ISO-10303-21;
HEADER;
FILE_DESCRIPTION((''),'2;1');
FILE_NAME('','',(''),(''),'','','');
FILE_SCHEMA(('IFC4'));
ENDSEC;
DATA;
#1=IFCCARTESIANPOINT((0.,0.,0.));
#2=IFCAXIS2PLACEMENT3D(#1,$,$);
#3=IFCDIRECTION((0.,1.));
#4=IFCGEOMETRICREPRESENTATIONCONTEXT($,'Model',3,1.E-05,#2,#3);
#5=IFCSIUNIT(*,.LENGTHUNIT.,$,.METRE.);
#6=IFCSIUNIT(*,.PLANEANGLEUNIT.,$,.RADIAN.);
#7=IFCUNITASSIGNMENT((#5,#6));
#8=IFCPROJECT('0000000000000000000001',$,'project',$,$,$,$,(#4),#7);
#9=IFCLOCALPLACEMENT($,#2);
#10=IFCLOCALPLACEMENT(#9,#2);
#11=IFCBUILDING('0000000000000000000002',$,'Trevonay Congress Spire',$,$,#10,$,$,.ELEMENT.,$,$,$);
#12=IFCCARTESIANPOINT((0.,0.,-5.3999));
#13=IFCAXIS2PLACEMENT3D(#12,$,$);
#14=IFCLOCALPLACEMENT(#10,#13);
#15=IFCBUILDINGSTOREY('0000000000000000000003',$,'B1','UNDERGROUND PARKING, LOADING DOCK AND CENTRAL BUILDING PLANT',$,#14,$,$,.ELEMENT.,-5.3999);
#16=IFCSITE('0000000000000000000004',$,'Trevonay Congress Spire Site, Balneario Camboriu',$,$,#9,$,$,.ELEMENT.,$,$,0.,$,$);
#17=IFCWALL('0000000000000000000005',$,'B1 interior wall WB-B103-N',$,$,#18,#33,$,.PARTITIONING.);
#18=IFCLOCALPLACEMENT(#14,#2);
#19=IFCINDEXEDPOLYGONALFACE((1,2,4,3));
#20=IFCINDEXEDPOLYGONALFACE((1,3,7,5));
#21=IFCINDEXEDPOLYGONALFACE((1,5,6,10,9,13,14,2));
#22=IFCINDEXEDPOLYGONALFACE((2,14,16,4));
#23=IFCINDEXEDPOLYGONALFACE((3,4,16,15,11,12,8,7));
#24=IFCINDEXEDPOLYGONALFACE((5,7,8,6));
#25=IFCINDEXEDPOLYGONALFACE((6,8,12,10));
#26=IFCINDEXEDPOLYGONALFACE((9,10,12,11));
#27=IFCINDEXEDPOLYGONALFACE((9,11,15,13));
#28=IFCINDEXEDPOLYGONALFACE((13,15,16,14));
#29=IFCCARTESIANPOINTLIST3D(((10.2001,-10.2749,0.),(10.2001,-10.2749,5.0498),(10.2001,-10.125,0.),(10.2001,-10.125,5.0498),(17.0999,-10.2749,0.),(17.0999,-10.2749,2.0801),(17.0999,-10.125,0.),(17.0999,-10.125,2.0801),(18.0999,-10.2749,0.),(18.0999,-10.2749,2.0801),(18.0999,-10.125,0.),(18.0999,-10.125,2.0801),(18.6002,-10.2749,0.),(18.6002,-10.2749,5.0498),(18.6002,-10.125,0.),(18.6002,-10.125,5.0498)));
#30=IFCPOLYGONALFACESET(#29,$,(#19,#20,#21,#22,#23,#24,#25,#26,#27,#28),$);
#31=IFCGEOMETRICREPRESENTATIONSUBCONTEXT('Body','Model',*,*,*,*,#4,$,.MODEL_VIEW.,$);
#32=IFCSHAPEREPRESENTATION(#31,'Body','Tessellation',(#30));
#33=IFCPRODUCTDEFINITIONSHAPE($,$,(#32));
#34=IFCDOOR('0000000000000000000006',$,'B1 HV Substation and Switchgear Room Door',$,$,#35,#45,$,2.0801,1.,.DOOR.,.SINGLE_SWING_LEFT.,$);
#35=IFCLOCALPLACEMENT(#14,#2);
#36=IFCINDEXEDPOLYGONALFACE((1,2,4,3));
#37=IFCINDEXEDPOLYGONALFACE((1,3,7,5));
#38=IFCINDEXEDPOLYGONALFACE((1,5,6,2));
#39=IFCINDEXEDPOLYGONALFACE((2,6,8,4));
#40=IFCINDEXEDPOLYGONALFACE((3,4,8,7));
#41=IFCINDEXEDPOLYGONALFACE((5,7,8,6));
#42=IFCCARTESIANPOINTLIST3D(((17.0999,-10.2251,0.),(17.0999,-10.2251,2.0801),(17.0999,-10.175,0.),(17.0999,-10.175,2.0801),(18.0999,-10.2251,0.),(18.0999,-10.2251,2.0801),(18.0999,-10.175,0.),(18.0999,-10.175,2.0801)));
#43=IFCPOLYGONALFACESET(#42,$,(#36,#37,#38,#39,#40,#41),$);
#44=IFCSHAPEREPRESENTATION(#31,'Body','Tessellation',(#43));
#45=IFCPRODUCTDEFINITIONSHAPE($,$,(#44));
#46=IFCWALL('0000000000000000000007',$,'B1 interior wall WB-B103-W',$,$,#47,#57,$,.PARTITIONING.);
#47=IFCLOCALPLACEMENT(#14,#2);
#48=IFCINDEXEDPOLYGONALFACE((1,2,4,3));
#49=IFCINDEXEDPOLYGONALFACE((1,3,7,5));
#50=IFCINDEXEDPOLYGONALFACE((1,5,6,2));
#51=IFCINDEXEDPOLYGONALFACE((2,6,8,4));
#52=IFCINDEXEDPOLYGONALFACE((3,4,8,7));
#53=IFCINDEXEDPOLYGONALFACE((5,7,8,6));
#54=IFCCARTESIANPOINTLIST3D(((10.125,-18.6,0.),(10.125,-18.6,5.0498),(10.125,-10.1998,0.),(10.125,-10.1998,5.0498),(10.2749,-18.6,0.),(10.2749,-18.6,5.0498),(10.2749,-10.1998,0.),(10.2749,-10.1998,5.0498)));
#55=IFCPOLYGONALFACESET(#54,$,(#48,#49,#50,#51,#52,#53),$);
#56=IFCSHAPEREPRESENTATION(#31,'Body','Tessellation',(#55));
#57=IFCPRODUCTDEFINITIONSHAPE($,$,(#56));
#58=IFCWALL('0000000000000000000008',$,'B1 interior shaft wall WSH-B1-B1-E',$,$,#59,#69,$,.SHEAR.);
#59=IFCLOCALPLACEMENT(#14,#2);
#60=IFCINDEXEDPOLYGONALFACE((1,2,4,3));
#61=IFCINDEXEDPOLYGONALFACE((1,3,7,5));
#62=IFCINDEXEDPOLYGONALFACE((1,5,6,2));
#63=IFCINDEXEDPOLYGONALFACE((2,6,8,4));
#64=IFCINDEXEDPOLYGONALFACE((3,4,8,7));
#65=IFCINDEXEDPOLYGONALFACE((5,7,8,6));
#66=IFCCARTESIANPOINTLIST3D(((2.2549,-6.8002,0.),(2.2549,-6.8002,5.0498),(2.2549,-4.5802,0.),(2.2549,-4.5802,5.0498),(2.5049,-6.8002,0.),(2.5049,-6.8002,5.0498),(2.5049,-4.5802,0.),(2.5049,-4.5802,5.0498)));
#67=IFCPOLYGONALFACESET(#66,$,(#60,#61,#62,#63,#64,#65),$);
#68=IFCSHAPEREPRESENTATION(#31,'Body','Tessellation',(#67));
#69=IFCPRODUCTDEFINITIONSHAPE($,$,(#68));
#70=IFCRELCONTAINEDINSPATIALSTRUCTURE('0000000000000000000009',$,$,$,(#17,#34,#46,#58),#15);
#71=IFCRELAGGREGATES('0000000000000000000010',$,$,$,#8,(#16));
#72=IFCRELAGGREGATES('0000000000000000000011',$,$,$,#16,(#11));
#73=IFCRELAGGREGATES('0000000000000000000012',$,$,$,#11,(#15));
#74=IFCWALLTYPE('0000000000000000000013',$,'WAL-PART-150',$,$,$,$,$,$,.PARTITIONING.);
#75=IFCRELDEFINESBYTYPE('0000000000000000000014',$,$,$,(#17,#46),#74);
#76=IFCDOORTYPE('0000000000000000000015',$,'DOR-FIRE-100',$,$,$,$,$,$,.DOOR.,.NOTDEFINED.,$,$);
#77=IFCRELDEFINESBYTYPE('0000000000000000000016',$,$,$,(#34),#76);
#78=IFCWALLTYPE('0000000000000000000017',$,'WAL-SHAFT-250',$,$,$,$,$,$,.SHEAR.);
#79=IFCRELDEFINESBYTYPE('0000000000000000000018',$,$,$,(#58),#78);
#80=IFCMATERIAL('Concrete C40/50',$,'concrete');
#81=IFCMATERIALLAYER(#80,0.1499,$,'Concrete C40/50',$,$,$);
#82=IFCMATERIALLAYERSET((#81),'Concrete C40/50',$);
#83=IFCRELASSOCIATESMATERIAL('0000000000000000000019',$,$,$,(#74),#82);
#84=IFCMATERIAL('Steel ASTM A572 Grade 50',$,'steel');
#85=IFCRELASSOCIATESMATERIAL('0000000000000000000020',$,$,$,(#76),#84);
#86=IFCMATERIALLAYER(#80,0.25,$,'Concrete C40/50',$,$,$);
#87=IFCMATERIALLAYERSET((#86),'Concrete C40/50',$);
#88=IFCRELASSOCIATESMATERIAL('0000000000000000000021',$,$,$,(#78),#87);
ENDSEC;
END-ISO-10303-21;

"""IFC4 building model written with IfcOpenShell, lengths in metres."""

from ifc_helpers import new_model, si_unit, direction, frame, frame_2d, origin, place, context, subcontext, project, spatial, rectangle, extrude, material, layer, layer_set, type_object, element, fill, save


model = new_model("IFC4")

# Units and contexts
model_context = context("Model", 3, precision=1e-05, world=origin(), true_north=direction((0.0, 1.0)))
body_context = subcontext(model_context, "Body", "Model", "MODEL_VIEW")
ifc_project = project(units=[si_unit("LENGTHUNIT", "METRE"), si_unit("PLANEANGLEUNIT", "RADIAN")], contexts=[model_context])

# Site, building, storey
site_placement = place(None, origin())
site = spatial("IfcSite", under=ifc_project, at=site_placement, Name="Trevonay Congress Spire Site, Balneario Camboriu", CompositionType="ELEMENT", RefElevation=0.0)
building_placement = place(site_placement, origin())
building = spatial("IfcBuilding", under=site, at=building_placement, Name="Trevonay Congress Spire", CompositionType="ELEMENT")
storey_placement = place(building_placement, frame((0.0, 0.0, -5.3999)))
storey = spatial("IfcBuildingStorey", under=building, at=storey_placement, Name="B1", Description="UNDERGROUND PARKING, LOADING DOCK AND CENTRAL BUILDING PLANT", CompositionType="ELEMENT", Elevation=-5.3999)

# Shared definitions
ifc_material_1 = material(Name="Steel ASTM A572 Grade 50", Category="steel")

# Shared definitions
ifc_material_2 = material(Name="Concrete C40/50", Category="concrete")
ifc_layer_1 = layer(ifc_material_2, 0.1499, Name="Concrete C40/50")
ifc_layer_set_1 = layer_set([ifc_layer_1], Name="Concrete C40/50")
wall_type_1 = type_object("IfcWallType", Name="WAL-PART-150", PredefinedType="PARTITIONING", material=ifc_layer_set_1)

# Wall, opening, door
wall_1_placement = place(storey_placement, frame((10.2, -10.2, 0.0), z_axis=(0.0, 0.0, 1.0), x_axis=(1.0, 0.0, 0.0)))
wall_1 = element("IfcWall", 1, at=wall_1_placement, inside=storey, type_object=wall_type_1, Name="B1 interior wall WB-B103-N", PredefinedType="PARTITIONING", context=body_context, shape_type="SweptSolid", body=[
    extrude(rectangle(XDim=8.4001, YDim=0.1499, at=frame_2d((4.2002, 0.0))), origin(), (0.0, 0.0, 1.0), 5.0498),
])
opening_1_placement = place(wall_1_placement, frame((6.8999, 0.0, 0.0)))
opening_1 = element("IfcOpeningElement", 2, at=opening_1_placement, cuts=wall_1, PredefinedType="OPENING", context=body_context, shape_type="SweptSolid", body=[
    extrude(rectangle(XDim=1.0, YDim=2.0801, at=frame_2d((0.5, 1.04))), frame((0.0, 0.085, 0.0), z_axis=(0.0, -1.0, 0.0), x_axis=(1.0, 0.0, 0.0)), (0.0, 0.0, 1.0), 0.1699),
])
door_type_1 = type_object("IfcDoorType", Name="DOR-FIRE-100", OperationType="NOTDEFINED", PredefinedType="DOOR", material=ifc_material_1)
door_1_placement = place(opening_1_placement, origin())
door_1 = element("IfcDoor", 3, at=door_1_placement, inside=storey, type_object=door_type_1, Name="B1 HV Substation and Switchgear Room Door", OperationType="SINGLE_SWING_LEFT", OverallHeight=2.0801, OverallWidth=1.0, PredefinedType="DOOR", context=body_context, shape_type="SweptSolid", body=[
    extrude(rectangle(XDim=1.0, YDim=2.0801, at=frame_2d((0.5, 1.04))), frame((0.0, 0.0249, 0.0), z_axis=(0.0, -1.0, 0.0), x_axis=(1.0, 0.0, 0.0)), (0.0, 0.0, 1.0), 0.05),
])
fill(opening_1, door_1)

# Walls
wall_2_placement = place(storey_placement, frame((10.2, -18.6001, 0.0), z_axis=(0.0, 0.0, 1.0), x_axis=(0.0, 1.0, 0.0)))
element("IfcWall", 4, at=wall_2_placement, inside=storey, type_object=wall_type_1, Name="B1 interior wall WB-B103-W", PredefinedType="PARTITIONING", context=body_context, shape_type="SweptSolid", body=[
    extrude(rectangle(XDim=8.4001, YDim=0.1499, at=frame_2d((4.2002, 0.0))), origin(), (0.0, 0.0, 1.0), 5.0498),
])
ifc_layer_2 = layer(ifc_material_2, 0.25, Name="Concrete C40/50")
ifc_layer_set_2 = layer_set([ifc_layer_2], Name="Concrete C40/50")
wall_type_2 = type_object("IfcWallType", Name="WAL-SHAFT-250", PredefinedType="SHEAR", material=ifc_layer_set_2)
wall_3_placement = place(storey_placement, frame((2.3799, -6.8, 0.0), z_axis=(0.0, 0.0, 1.0), x_axis=(0.0, 1.0, 0.0)))
element("IfcWall", 5, at=wall_3_placement, inside=storey, type_object=wall_type_2, Name="B1 interior shaft wall WSH-B1-B1-E", PredefinedType="SHEAR", context=body_context, shape_type="SweptSolid", body=[
    extrude(rectangle(XDim=2.22, YDim=0.25, at=frame_2d((1.1099, 0.0))), origin(), (0.0, 0.0, 1.0), 5.0498),
])

save(model, "model.ifc")
